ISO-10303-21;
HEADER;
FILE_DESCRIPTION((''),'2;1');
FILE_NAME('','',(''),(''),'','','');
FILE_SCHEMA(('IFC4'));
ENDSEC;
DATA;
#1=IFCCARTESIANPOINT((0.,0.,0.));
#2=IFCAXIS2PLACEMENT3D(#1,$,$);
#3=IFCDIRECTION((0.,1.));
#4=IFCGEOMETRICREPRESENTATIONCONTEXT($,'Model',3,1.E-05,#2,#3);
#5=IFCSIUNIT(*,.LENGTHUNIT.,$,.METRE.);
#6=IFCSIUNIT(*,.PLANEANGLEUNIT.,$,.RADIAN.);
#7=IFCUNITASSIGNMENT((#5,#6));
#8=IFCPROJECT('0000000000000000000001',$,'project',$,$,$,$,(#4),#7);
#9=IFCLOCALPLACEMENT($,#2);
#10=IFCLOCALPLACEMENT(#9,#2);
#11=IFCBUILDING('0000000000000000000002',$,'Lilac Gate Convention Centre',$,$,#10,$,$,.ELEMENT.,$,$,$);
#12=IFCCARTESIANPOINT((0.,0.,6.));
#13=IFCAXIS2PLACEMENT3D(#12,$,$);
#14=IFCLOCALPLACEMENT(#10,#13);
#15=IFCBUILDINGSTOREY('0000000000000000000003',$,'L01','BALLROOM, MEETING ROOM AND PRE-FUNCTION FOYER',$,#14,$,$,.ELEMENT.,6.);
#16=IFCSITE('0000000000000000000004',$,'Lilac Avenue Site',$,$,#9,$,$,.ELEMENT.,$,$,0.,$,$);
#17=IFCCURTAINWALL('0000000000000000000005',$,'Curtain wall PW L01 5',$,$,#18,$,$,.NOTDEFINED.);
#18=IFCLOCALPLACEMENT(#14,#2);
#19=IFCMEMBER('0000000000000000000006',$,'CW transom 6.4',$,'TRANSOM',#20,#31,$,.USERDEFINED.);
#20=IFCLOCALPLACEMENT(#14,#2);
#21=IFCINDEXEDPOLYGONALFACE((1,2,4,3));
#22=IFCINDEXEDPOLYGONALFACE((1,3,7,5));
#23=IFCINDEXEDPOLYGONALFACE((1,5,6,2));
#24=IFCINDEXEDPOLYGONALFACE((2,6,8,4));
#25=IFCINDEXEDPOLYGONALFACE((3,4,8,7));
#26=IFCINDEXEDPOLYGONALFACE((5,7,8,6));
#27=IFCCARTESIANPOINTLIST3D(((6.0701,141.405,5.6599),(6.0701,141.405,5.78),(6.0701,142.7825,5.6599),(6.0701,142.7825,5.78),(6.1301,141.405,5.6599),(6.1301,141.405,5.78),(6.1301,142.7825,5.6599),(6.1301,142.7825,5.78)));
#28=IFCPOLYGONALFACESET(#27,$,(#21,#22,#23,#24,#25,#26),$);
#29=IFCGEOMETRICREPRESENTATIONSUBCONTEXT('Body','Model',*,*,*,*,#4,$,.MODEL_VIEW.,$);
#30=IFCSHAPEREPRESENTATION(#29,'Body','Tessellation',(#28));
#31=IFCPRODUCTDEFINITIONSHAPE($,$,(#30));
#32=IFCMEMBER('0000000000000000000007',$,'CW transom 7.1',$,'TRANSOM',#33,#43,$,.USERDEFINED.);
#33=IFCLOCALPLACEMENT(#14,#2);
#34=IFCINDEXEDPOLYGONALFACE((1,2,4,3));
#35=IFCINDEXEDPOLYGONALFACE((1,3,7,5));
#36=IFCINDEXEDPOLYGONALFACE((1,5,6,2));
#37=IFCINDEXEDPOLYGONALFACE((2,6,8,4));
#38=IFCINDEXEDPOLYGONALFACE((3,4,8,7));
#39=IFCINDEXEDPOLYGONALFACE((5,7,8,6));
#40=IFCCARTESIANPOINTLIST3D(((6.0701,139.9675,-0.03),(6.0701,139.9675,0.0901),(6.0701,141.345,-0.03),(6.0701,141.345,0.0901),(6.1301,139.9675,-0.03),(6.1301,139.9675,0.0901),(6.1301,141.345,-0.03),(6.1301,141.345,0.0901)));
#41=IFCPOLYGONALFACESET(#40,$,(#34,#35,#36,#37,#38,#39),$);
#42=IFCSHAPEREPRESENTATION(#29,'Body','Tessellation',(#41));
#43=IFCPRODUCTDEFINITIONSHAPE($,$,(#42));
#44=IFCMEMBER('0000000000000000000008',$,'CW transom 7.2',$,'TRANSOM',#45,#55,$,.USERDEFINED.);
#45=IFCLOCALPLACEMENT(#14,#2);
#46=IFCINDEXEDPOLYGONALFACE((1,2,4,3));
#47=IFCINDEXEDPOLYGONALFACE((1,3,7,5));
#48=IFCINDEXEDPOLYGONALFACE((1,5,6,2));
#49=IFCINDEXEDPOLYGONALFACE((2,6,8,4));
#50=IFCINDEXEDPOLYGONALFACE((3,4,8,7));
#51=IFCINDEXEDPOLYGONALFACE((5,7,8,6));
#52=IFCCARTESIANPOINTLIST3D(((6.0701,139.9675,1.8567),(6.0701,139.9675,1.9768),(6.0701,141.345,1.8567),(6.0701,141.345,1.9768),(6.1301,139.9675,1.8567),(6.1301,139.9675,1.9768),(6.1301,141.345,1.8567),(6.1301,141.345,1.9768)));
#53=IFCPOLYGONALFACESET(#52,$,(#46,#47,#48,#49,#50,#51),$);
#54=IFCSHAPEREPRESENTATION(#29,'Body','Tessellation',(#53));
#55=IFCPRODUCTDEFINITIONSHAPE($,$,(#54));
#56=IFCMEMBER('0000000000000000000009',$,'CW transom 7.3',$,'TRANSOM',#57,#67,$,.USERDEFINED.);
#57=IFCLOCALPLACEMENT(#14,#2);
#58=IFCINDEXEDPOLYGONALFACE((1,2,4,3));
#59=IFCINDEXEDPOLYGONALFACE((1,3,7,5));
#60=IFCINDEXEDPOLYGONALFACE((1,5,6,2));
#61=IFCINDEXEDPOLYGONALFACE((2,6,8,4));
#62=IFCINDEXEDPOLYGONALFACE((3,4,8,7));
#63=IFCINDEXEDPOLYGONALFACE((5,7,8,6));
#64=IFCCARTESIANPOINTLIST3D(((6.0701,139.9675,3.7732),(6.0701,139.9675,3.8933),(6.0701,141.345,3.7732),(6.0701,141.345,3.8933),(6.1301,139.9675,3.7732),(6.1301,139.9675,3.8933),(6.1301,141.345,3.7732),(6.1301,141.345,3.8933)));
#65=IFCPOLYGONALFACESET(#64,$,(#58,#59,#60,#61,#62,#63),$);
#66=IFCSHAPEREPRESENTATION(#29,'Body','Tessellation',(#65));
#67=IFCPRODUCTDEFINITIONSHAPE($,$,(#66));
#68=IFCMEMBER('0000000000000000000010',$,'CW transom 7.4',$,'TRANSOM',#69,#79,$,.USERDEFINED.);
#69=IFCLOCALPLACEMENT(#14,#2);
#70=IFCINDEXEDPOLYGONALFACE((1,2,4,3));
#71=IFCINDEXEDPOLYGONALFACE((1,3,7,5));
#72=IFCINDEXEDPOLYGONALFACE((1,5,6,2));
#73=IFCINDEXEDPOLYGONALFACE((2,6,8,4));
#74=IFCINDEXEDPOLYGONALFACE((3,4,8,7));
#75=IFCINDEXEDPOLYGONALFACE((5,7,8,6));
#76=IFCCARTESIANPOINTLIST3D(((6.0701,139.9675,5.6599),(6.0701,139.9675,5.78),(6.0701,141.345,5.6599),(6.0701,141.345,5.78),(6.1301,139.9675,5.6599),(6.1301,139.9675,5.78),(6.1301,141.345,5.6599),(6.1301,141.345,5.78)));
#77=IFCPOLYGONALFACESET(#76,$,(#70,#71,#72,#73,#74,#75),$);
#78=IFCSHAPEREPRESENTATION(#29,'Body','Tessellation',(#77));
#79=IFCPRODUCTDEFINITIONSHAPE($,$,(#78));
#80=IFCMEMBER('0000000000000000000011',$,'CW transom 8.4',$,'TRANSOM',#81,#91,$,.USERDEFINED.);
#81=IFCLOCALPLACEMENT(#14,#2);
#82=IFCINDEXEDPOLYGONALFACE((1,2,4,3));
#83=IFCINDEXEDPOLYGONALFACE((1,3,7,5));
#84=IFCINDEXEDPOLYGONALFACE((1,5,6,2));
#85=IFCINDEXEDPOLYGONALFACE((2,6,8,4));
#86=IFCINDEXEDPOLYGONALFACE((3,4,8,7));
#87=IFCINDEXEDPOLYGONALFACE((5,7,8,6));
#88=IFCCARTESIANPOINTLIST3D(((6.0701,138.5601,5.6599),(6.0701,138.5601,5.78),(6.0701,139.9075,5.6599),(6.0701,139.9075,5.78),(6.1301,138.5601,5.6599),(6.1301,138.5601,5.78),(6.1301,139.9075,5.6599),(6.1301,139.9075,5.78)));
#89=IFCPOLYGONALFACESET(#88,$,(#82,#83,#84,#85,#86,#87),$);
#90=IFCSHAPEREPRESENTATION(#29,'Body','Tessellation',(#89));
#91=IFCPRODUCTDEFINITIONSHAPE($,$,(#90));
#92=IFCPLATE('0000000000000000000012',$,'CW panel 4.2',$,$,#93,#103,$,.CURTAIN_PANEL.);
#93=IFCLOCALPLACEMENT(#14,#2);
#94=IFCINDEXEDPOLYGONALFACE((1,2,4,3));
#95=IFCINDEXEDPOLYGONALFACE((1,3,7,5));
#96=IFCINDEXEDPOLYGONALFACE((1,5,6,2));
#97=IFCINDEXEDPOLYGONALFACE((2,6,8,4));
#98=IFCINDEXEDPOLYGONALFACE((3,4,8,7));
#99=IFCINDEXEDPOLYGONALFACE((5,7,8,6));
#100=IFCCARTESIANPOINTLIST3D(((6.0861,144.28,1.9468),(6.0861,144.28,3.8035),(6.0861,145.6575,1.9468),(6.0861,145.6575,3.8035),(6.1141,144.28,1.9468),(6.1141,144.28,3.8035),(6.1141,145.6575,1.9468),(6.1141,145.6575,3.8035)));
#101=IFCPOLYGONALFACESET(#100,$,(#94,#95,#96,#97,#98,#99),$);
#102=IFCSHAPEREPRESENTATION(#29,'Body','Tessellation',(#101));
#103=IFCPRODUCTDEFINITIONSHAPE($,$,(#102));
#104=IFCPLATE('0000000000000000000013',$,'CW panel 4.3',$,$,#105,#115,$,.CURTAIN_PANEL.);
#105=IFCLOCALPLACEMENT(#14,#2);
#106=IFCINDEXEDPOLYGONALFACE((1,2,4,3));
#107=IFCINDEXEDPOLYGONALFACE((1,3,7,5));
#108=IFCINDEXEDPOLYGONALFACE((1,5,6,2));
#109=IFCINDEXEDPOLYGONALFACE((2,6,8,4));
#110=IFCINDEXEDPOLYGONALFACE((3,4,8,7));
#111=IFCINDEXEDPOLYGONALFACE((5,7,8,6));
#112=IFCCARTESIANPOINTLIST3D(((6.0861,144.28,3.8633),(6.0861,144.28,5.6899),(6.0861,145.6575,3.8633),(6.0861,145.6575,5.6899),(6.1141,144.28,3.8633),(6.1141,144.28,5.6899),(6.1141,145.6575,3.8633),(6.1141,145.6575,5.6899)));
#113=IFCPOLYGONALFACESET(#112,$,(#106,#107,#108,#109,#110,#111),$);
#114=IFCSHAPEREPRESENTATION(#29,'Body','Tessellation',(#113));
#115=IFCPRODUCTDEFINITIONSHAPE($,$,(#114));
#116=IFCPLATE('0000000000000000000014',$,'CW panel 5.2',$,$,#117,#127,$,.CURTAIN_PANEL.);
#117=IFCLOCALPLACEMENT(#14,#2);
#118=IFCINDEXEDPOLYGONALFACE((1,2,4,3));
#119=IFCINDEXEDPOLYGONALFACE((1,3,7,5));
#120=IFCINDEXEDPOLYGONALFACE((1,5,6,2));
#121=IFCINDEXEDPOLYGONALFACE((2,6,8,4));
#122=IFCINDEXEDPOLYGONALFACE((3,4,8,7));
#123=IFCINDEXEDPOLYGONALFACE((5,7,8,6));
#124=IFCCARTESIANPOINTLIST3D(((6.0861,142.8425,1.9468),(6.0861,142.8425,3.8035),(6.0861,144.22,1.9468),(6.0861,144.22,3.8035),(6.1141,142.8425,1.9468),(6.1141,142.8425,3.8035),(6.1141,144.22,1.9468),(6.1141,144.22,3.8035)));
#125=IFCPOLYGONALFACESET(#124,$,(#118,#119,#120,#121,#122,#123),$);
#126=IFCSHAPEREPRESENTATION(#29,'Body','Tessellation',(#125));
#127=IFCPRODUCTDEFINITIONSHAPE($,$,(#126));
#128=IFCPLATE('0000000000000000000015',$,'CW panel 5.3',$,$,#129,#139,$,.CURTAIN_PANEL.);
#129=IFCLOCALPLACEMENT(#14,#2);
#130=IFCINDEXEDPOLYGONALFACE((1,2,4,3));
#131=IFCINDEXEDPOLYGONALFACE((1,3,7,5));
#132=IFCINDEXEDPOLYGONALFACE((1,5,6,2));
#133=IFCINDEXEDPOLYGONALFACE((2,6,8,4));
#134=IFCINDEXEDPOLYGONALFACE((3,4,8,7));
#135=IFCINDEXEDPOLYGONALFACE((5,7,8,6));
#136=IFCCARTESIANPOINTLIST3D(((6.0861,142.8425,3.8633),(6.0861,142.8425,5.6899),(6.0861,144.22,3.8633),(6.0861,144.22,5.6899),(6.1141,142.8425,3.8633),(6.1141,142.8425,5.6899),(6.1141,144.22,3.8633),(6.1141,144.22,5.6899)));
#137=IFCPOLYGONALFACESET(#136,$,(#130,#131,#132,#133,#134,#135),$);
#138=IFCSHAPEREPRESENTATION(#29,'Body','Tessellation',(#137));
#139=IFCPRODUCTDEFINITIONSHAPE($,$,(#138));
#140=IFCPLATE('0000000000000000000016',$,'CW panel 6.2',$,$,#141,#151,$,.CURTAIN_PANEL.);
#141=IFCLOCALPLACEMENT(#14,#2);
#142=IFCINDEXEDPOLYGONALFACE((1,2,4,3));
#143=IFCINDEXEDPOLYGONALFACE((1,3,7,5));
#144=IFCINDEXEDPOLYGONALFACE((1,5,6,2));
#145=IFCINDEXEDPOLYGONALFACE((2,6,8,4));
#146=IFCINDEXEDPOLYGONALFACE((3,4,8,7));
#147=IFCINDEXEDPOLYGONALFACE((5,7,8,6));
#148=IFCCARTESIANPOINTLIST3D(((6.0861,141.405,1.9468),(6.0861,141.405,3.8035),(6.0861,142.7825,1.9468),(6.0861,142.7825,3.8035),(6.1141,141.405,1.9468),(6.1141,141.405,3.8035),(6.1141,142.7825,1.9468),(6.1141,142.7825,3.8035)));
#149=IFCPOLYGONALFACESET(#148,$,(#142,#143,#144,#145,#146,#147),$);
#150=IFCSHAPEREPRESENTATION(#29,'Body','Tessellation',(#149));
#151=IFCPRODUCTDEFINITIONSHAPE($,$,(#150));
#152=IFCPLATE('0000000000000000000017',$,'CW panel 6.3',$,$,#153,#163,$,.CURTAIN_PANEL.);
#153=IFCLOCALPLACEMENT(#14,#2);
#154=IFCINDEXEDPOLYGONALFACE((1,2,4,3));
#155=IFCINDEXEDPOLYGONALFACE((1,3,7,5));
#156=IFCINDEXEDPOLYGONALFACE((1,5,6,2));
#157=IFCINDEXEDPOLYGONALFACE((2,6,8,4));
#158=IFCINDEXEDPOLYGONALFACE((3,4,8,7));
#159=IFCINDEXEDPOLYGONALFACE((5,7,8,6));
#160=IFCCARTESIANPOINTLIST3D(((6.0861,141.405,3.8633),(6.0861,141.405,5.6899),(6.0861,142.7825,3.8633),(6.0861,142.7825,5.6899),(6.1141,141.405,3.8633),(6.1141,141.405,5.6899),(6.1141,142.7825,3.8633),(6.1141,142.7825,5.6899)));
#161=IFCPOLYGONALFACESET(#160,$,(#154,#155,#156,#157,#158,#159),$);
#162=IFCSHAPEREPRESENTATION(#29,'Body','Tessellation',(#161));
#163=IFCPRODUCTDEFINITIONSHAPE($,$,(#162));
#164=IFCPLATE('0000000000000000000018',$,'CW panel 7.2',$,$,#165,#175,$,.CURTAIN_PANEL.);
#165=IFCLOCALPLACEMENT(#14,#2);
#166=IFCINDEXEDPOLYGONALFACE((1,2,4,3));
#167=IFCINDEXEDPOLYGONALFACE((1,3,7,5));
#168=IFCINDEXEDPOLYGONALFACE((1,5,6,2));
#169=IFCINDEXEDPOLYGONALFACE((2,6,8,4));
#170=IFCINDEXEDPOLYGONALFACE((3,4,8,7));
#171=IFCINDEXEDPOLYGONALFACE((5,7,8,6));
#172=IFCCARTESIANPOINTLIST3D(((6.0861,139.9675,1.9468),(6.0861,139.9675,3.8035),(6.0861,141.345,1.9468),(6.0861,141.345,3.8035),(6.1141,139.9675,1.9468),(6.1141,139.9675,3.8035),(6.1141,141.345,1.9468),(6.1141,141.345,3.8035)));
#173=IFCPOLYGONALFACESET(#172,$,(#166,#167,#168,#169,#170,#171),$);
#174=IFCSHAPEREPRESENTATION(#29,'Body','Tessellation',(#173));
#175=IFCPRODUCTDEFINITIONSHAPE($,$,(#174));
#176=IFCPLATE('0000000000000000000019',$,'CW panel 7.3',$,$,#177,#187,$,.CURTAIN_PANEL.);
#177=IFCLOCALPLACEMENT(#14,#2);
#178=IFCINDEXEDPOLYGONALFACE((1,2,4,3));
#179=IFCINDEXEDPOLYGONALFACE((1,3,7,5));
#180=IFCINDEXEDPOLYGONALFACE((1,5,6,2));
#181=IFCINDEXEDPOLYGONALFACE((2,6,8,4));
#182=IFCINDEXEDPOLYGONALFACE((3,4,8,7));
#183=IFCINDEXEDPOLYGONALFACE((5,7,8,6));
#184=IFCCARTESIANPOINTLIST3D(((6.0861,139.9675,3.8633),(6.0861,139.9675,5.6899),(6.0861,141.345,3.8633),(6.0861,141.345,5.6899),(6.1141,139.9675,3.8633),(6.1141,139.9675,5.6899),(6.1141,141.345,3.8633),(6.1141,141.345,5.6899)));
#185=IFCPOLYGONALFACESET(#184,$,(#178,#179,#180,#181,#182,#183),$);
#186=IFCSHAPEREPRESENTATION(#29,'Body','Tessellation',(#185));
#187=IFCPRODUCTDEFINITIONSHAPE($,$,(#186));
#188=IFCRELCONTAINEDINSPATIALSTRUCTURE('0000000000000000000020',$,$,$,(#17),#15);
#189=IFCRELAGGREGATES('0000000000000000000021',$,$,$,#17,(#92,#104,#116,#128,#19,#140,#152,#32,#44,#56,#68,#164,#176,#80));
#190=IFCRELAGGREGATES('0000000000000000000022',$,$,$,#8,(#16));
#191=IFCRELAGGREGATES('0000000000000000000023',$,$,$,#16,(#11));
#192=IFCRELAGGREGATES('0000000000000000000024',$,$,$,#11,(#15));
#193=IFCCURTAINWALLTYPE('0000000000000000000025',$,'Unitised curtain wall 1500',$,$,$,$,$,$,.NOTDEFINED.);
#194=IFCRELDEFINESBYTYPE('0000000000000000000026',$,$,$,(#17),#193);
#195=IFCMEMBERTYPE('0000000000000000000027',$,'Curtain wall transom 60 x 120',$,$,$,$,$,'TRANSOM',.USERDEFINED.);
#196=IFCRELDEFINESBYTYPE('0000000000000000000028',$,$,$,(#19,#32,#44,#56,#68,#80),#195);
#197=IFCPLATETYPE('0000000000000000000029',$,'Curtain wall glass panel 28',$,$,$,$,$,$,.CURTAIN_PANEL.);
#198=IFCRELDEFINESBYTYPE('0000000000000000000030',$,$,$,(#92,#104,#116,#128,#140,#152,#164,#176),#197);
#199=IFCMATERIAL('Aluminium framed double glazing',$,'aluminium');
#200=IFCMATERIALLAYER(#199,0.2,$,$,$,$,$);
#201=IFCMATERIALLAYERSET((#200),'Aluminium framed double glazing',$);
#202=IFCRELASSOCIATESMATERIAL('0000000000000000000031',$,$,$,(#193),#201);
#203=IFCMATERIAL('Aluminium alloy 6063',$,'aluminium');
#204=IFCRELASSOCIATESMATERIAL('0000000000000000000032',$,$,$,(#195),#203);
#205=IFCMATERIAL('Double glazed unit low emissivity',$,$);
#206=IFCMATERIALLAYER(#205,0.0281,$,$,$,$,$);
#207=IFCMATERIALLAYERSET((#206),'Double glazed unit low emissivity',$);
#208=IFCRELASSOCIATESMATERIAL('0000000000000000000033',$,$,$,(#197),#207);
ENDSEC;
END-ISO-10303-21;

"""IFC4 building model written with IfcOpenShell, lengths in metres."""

from ifc_helpers import new_model, si_unit, direction, frame, origin, origin_2d, place, context, subcontext, project, spatial, rectangle, extrude, material, layer, layer_set, material_profile, profile_set, type_object, element, aggregate, save


model = new_model("IFC4")

# Units and contexts
model_context = context("Model", 3, precision=1e-05, world=origin(), true_north=direction((0.0, 1.0)))
body_context = subcontext(model_context, "Body", "Model", "MODEL_VIEW")
ifc_project = project(units=[si_unit("LENGTHUNIT", "METRE"), si_unit("PLANEANGLEUNIT", "RADIAN")], contexts=[model_context])

# Site, building, storey
site_placement = place(None, origin())
site = spatial("IfcSite", under=ifc_project, at=site_placement, Name="Lilac Avenue Site", CompositionType="ELEMENT", RefElevation=0.0)
building_placement = place(site_placement, origin())
building = spatial("IfcBuilding", under=site, at=building_placement, Name="Lilac Gate Convention Centre", CompositionType="ELEMENT")
storey_placement = place(building_placement, frame((0.0, 0.0, 6.0)))
storey = spatial("IfcBuildingStorey", under=building, at=storey_placement, Name="L01", Description="BALLROOM, MEETING ROOM AND PRE-FUNCTION FOYER", CompositionType="ELEMENT", Elevation=6.0)

# Curtain wall, members, plates
ifc_material_1 = material(Name="Aluminium framed double glazing", Category="aluminium")
ifc_layer_1 = layer(ifc_material_1, 0.2)
ifc_layer_set_1 = layer_set([ifc_layer_1], Name="Aluminium framed double glazing")
curtain_wall_type = type_object("IfcCurtainWallType", Name="Unitised curtain wall 1500", PredefinedType="NOTDEFINED", material=ifc_layer_set_1)
curtain_wall_placement = place(storey_placement, origin())
curtain_wall = element("IfcCurtainWall", 1, at=curtain_wall_placement, inside=storey, type_object=curtain_wall_type, Name="Curtain wall PW L01 5", PredefinedType="NOTDEFINED")
ifc_material_2 = material(Name="Aluminium alloy 6063", Category="aluminium")
ifc_material_profile_1 = material_profile(ifc_material_2, rectangle(XDim=0.0601, YDim=0.1201, at=origin_2d()), Name="Curtain wall transom 60 x 120")
ifc_profile_set_1 = profile_set([ifc_material_profile_1], Name="Aluminium alloy 6063")
member_type_1 = type_object("IfcMemberType", Name="Curtain wall transom 60 x 120", ElementType="TRANSOM", PredefinedType="USERDEFINED", material=ifc_profile_set_1)
member_1_placement = place(storey_placement, frame((6.1001, 142.7825, 5.72), z_axis=(0.0, -1.0, 0.0), x_axis=(1.0, 0.0, 0.0)))
member_1 = element("IfcMember", 2, at=member_1_placement, type_object=member_type_1, Name="CW transom 6.4", ObjectType="TRANSOM", PredefinedType="USERDEFINED", context=body_context, shape_type="SweptSolid", body=[
    extrude(rectangle(XDim=0.0601, YDim=0.1201, at=origin_2d()), origin(), (0.0, 0.0, 1.0), 1.3774),
])
member_2_placement = place(storey_placement, frame((6.1001, 141.345, 0.03), z_axis=(0.0, -1.0, 0.0), x_axis=(1.0, 0.0, 0.0)))
member_2 = element("IfcMember", 3, at=member_2_placement, type_object=member_type_1, Name="CW transom 7.1", ObjectType="TRANSOM", PredefinedType="USERDEFINED", context=body_context, shape_type="SweptSolid", body=[
    extrude(rectangle(XDim=0.0601, YDim=0.1201, at=origin_2d()), origin(), (0.0, 0.0, 1.0), 1.3774),
])
member_3_placement = place(storey_placement, frame((6.1001, 141.345, 1.9167), z_axis=(0.0, -1.0, 0.0), x_axis=(1.0, 0.0, 0.0)))
member_3 = element("IfcMember", 4, at=member_3_placement, type_object=member_type_1, Name="CW transom 7.2", ObjectType="TRANSOM", PredefinedType="USERDEFINED", context=body_context, shape_type="SweptSolid", body=[
    extrude(rectangle(XDim=0.0601, YDim=0.1201, at=origin_2d()), origin(), (0.0, 0.0, 1.0), 1.3774),
])
member_4_placement = place(storey_placement, frame((6.1001, 141.345, 3.8333), z_axis=(0.0, -1.0, 0.0), x_axis=(1.0, 0.0, 0.0)))
member_4 = element("IfcMember", 5, at=member_4_placement, type_object=member_type_1, Name="CW transom 7.3", ObjectType="TRANSOM", PredefinedType="USERDEFINED", context=body_context, shape_type="SweptSolid", body=[
    extrude(rectangle(XDim=0.0601, YDim=0.1201, at=origin_2d()), origin(), (0.0, 0.0, 1.0), 1.3774),
])
member_5_placement = place(storey_placement, frame((6.1001, 141.345, 5.72), z_axis=(0.0, -1.0, 0.0), x_axis=(1.0, 0.0, 0.0)))
member_5 = element("IfcMember", 6, at=member_5_placement, type_object=member_type_1, Name="CW transom 7.4", ObjectType="TRANSOM", PredefinedType="USERDEFINED", context=body_context, shape_type="SweptSolid", body=[
    extrude(rectangle(XDim=0.0601, YDim=0.1201, at=origin_2d()), origin(), (0.0, 0.0, 1.0), 1.3774),
])
member_6_placement = place(storey_placement, frame((6.1001, 139.9075, 5.72), z_axis=(0.0, -1.0, 0.0), x_axis=(1.0, 0.0, 0.0)))
member_6 = element("IfcMember", 7, at=member_6_placement, type_object=member_type_1, Name="CW transom 8.4", ObjectType="TRANSOM", PredefinedType="USERDEFINED", context=body_context, shape_type="SweptSolid", body=[
    extrude(rectangle(XDim=0.0601, YDim=0.1201, at=origin_2d()), origin(), (0.0, 0.0, 1.0), 1.3474),
])
ifc_material_3 = material(Name="Double glazed unit low emissivity")
ifc_layer_2 = layer(ifc_material_3, 0.0281)
ifc_layer_set_2 = layer_set([ifc_layer_2], Name="Double glazed unit low emissivity")
plate_type_1 = type_object("IfcPlateType", Name="Curtain wall glass panel 28", PredefinedType="CURTAIN_PANEL", material=ifc_layer_set_2)
plate_1_placement = place(storey_placement, frame((6.1001, 144.9688, 1.9468), z_axis=(0.0, 0.0, 1.0), x_axis=(0.0, -1.0, 0.0)))
plate_1 = element("IfcPlate", 8, at=plate_1_placement, type_object=plate_type_1, Name="CW panel 4.2", PredefinedType="CURTAIN_PANEL", context=body_context, shape_type="SweptSolid", body=[
    extrude(rectangle(XDim=1.3774, YDim=0.0281, at=origin_2d()), origin(), (0.0, 0.0, 1.0), 1.8567),
])
plate_2_placement = place(storey_placement, frame((6.1001, 144.9688, 3.8633), z_axis=(0.0, 0.0, 1.0), x_axis=(0.0, -1.0, 0.0)))
plate_2 = element("IfcPlate", 9, at=plate_2_placement, type_object=plate_type_1, Name="CW panel 4.3", PredefinedType="CURTAIN_PANEL", context=body_context, shape_type="SweptSolid", body=[
    extrude(rectangle(XDim=1.3774, YDim=0.0281, at=origin_2d()), origin(), (0.0, 0.0, 1.0), 1.8267),
])
plate_3_placement = place(storey_placement, frame((6.1001, 143.5312, 1.9468), z_axis=(0.0, 0.0, 1.0), x_axis=(0.0, -1.0, 0.0)))
plate_3 = element("IfcPlate", 10, at=plate_3_placement, type_object=plate_type_1, Name="CW panel 5.2", PredefinedType="CURTAIN_PANEL", context=body_context, shape_type="SweptSolid", body=[
    extrude(rectangle(XDim=1.3774, YDim=0.0281, at=origin_2d()), origin(), (0.0, 0.0, 1.0), 1.8567),
])
plate_4_placement = place(storey_placement, frame((6.1001, 143.5312, 3.8633), z_axis=(0.0, 0.0, 1.0), x_axis=(0.0, -1.0, 0.0)))
plate_4 = element("IfcPlate", 11, at=plate_4_placement, type_object=plate_type_1, Name="CW panel 5.3", PredefinedType="CURTAIN_PANEL", context=body_context, shape_type="SweptSolid", body=[
    extrude(rectangle(XDim=1.3774, YDim=0.0281, at=origin_2d()), origin(), (0.0, 0.0, 1.0), 1.8267),
])
plate_5_placement = place(storey_placement, frame((6.1001, 142.0938, 1.9468), z_axis=(0.0, 0.0, 1.0), x_axis=(0.0, -1.0, 0.0)))
plate_5 = element("IfcPlate", 12, at=plate_5_placement, type_object=plate_type_1, Name="CW panel 6.2", PredefinedType="CURTAIN_PANEL", context=body_context, shape_type="SweptSolid", body=[
    extrude(rectangle(XDim=1.3774, YDim=0.0281, at=origin_2d()), origin(), (0.0, 0.0, 1.0), 1.8567),
])
plate_6_placement = place(storey_placement, frame((6.1001, 142.0938, 3.8633), z_axis=(0.0, 0.0, 1.0), x_axis=(0.0, -1.0, 0.0)))
plate_6 = element("IfcPlate", 13, at=plate_6_placement, type_object=plate_type_1, Name="CW panel 6.3", PredefinedType="CURTAIN_PANEL", context=body_context, shape_type="SweptSolid", body=[
    extrude(rectangle(XDim=1.3774, YDim=0.0281, at=origin_2d()), origin(), (0.0, 0.0, 1.0), 1.8267),
])
plate_7_placement = place(storey_placement, frame((6.1001, 140.6562, 1.9468), z_axis=(0.0, 0.0, 1.0), x_axis=(0.0, -1.0, 0.0)))
plate_7 = element("IfcPlate", 14, at=plate_7_placement, type_object=plate_type_1, Name="CW panel 7.2", PredefinedType="CURTAIN_PANEL", context=body_context, shape_type="SweptSolid", body=[
    extrude(rectangle(XDim=1.3774, YDim=0.0281, at=origin_2d()), origin(), (0.0, 0.0, 1.0), 1.8567),
])
plate_8_placement = place(storey_placement, frame((6.1001, 140.6562, 3.8633), z_axis=(0.0, 0.0, 1.0), x_axis=(0.0, -1.0, 0.0)))
plate_8 = element("IfcPlate", 15, at=plate_8_placement, type_object=plate_type_1, Name="CW panel 7.3", PredefinedType="CURTAIN_PANEL", context=body_context, shape_type="SweptSolid", body=[
    extrude(rectangle(XDim=1.3774, YDim=0.0281, at=origin_2d()), origin(), (0.0, 0.0, 1.0), 1.8267),
])
aggregate(curtain_wall, [plate_1, plate_2, plate_3, plate_4, member_1, plate_5, plate_6, member_2, member_3, member_4, member_5, plate_7, plate_8, member_6])

save(model, "model.ifc")
